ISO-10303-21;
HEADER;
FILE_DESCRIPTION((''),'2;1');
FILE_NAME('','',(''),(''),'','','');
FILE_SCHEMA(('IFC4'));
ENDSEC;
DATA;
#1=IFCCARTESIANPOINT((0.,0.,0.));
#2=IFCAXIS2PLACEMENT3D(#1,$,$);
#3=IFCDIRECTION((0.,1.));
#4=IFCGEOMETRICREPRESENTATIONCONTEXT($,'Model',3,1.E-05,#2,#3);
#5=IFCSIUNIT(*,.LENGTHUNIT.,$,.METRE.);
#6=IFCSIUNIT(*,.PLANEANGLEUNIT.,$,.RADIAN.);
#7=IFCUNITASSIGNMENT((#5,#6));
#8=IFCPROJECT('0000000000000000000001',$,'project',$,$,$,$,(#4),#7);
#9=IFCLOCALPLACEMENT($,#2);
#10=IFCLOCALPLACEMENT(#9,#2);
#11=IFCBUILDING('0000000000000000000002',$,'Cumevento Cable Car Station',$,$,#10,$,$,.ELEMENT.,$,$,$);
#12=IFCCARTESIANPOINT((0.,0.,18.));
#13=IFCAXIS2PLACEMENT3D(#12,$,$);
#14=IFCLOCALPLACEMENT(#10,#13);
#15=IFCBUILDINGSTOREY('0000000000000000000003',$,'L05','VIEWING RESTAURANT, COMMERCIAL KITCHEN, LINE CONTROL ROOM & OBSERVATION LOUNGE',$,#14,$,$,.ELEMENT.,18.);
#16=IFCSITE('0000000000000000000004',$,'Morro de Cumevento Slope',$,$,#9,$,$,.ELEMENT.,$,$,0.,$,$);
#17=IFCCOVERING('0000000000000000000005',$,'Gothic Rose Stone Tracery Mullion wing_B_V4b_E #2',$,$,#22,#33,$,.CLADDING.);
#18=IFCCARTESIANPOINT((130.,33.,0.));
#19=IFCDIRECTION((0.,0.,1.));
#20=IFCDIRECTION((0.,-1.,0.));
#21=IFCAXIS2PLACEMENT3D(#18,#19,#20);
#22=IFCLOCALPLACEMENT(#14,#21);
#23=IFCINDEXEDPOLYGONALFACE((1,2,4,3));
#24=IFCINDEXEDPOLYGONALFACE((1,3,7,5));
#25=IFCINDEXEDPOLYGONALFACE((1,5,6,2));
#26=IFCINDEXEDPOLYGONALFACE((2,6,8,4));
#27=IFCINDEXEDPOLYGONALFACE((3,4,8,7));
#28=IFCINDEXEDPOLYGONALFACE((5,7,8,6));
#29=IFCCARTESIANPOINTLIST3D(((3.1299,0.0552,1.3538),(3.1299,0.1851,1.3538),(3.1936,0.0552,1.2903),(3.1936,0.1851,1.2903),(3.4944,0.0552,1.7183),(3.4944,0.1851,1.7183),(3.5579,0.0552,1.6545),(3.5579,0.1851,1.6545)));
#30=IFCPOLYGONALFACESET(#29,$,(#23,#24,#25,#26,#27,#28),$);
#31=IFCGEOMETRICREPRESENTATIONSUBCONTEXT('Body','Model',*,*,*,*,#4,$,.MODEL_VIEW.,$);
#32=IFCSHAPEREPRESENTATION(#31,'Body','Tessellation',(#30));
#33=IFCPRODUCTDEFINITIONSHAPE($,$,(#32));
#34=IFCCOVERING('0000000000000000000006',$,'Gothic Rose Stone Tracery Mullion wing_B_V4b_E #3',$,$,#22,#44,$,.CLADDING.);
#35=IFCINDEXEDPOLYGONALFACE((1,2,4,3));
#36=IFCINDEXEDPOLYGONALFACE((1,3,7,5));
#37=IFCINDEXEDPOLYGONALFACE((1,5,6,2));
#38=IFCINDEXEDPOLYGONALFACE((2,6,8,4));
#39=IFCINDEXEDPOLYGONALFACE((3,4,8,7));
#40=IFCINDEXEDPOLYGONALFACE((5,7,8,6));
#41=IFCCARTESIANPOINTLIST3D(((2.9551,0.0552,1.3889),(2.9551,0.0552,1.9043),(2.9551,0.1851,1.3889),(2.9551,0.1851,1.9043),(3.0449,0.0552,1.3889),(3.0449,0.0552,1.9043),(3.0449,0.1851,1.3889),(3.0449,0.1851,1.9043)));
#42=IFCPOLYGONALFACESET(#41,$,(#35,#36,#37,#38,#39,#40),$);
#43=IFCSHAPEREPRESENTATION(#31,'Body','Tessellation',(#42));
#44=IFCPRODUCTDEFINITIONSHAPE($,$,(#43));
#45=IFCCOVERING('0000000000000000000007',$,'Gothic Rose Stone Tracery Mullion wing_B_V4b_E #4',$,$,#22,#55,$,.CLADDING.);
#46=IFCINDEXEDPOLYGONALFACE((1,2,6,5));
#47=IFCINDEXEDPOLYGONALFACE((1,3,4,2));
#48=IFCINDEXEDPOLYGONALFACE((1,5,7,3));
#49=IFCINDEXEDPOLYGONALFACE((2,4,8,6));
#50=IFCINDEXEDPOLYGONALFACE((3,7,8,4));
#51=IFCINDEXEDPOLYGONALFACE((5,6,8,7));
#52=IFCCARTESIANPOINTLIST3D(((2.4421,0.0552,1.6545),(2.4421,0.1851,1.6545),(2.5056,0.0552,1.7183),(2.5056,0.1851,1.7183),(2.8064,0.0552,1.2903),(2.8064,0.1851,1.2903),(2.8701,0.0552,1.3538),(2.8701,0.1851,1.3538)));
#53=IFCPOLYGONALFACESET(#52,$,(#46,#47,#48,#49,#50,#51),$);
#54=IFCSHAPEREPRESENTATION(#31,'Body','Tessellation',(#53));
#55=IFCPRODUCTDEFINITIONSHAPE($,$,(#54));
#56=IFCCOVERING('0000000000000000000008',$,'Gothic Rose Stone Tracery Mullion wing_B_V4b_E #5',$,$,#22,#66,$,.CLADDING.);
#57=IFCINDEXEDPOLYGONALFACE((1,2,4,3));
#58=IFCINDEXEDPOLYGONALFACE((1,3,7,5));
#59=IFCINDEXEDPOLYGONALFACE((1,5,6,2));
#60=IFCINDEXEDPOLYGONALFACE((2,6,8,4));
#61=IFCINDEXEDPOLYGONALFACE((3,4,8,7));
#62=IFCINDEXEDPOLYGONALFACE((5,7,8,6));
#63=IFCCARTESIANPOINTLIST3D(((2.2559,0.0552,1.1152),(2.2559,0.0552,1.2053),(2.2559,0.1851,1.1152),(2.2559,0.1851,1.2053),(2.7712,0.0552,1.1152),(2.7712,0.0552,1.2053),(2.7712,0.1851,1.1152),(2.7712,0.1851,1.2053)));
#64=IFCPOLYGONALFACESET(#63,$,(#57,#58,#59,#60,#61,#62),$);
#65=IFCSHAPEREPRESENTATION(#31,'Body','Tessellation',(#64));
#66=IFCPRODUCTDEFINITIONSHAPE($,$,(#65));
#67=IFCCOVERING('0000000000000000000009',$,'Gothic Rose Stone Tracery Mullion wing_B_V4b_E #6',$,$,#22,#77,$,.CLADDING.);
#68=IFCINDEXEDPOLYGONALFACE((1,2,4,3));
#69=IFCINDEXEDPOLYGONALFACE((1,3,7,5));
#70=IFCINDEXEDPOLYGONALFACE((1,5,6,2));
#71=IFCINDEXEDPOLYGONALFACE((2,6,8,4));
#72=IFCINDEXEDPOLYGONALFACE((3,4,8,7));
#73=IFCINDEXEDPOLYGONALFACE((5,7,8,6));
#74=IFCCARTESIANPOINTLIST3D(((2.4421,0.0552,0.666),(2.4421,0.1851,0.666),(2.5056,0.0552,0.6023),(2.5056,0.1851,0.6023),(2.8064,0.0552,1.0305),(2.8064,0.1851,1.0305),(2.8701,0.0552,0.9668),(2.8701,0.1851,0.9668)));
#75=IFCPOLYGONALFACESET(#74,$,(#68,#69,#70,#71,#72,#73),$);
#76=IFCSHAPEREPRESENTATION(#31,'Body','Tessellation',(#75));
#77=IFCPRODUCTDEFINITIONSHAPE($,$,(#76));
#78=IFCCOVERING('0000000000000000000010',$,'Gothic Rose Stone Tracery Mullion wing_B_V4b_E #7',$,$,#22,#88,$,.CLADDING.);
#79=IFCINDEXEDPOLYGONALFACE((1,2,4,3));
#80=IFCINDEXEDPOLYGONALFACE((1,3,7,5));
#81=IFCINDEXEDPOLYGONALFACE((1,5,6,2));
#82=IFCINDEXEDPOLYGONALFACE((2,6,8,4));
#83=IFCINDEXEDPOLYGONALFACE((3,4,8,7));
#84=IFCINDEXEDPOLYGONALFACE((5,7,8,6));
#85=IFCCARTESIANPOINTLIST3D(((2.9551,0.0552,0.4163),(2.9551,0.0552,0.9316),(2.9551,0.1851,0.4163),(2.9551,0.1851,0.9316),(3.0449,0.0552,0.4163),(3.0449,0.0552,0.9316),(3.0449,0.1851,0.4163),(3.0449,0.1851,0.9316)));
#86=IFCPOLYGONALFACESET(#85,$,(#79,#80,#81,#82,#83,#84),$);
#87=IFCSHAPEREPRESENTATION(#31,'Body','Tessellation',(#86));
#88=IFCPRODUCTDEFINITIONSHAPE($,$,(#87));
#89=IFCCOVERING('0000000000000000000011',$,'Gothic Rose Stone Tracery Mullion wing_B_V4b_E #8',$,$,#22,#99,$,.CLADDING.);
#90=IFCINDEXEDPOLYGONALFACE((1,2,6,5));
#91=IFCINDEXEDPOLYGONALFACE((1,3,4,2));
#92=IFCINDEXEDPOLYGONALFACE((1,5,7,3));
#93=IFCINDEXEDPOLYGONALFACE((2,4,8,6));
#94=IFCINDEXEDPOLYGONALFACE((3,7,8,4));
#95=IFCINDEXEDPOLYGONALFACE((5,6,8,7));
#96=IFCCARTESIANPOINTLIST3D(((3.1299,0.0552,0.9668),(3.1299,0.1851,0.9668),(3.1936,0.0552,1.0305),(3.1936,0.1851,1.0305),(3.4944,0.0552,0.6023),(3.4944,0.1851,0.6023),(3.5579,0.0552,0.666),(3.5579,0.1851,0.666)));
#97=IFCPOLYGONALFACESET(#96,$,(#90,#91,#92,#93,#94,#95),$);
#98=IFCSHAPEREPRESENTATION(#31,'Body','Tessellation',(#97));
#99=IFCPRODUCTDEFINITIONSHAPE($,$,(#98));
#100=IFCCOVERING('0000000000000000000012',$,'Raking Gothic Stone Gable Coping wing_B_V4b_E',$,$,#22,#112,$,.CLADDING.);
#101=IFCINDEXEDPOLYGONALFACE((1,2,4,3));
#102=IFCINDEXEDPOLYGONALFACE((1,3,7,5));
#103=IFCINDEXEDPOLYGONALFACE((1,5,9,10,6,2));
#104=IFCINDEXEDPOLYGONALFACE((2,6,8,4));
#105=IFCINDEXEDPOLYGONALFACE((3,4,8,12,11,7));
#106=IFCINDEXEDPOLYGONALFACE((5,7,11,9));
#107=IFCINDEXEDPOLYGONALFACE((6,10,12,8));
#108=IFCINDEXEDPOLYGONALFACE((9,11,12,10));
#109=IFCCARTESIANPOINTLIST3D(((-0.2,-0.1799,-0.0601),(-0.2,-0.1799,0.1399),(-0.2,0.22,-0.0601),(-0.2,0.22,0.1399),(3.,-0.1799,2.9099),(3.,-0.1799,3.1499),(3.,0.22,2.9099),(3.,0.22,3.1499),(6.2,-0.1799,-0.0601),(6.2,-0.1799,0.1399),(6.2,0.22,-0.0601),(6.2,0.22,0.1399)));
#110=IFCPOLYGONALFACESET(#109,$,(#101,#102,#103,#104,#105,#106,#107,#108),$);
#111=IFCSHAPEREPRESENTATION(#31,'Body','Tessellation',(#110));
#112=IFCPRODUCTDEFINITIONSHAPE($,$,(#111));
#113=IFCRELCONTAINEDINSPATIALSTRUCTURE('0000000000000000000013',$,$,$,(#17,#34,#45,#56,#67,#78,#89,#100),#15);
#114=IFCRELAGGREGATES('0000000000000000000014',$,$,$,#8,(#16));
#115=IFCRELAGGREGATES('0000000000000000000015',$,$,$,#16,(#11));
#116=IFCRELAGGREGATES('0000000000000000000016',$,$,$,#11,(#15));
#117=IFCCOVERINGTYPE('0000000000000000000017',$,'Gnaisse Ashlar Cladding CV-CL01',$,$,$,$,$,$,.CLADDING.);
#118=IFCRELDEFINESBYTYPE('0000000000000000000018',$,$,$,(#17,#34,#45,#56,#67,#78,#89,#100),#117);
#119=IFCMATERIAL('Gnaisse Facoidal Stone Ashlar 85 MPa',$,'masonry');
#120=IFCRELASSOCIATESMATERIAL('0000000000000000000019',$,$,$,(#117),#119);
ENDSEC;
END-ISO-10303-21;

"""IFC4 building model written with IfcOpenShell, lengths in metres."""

from ifc_helpers import new_model, si_unit, direction, frame, origin, place, context, subcontext, project, spatial, polyline, outline, extrude, material, type_object, element, save


model = new_model("IFC4")

# Units and contexts
model_context = context("Model", 3, precision=1e-05, world=origin(), true_north=direction((0.0, 1.0)))
body_context = subcontext(model_context, "Body", "Model", "MODEL_VIEW")
ifc_project = project(units=[si_unit("LENGTHUNIT", "METRE"), si_unit("PLANEANGLEUNIT", "RADIAN")], contexts=[model_context])

# Site, building, storey
site_placement = place(None, origin())
site = spatial("IfcSite", under=ifc_project, at=site_placement, Name="Morro de Cumevento Slope", CompositionType="ELEMENT", RefElevation=0.0)
building_placement = place(site_placement, origin())
building = spatial("IfcBuilding", under=site, at=building_placement, Name="Cumevento Cable Car Station", CompositionType="ELEMENT")
storey_placement = place(building_placement, frame((0.0, 0.0, 18.0)))
storey = spatial("IfcBuildingStorey", under=building, at=storey_placement, Name="L05", Description="VIEWING RESTAURANT, COMMERCIAL KITCHEN, LINE CONTROL ROOM & OBSERVATION LOUNGE", CompositionType="ELEMENT", Elevation=18.0)

# Coverings
ifc_material_1 = material(Name="Gnaisse Facoidal Stone Ashlar 85 MPa", Category="masonry")
covering_type_1 = type_object("IfcCoveringType", Name="Gnaisse Ashlar Cladding CV-CL01", PredefinedType="CLADDING", material=ifc_material_1)
placement = place(storey_placement, frame((130.0, 33.0, 0.0), z_axis=(0.0, 0.0, 1.0), x_axis=(0.0, -1.0, 0.0)))
element("IfcCovering", 1, at=placement, inside=storey, type_object=covering_type_1, Name="Gothic Rose Stone Tracery Mullion wing_B_V4b_E #2", PredefinedType="CLADDING", context=body_context, shape_type="SweptSolid", body=[
    extrude(outline(polyline([(3.1299, 1.3538), (3.4944, 1.7183), (3.5579, 1.6545), (3.1936, 1.2903), (3.1299, 1.3538)])), frame((0.0, 0.1851, 0.0), z_axis=(0.0, -1.0, 0.0), x_axis=(1.0, 0.0, 0.0)), (0.0, 0.0, 1.0), 0.1299),
])
element("IfcCovering", 2, at=placement, inside=storey, type_object=covering_type_1, Name="Gothic Rose Stone Tracery Mullion wing_B_V4b_E #3", PredefinedType="CLADDING", context=body_context, shape_type="SweptSolid", body=[
    extrude(outline(polyline([(2.9551, 1.3889), (2.9551, 1.9043), (3.0449, 1.9043), (3.0449, 1.3889), (2.9551, 1.3889)])), frame((0.0, 0.1851, 0.0), z_axis=(0.0, -1.0, 0.0), x_axis=(1.0, 0.0, 0.0)), (0.0, 0.0, 1.0), 0.1299),
])
element("IfcCovering", 3, at=placement, inside=storey, type_object=covering_type_1, Name="Gothic Rose Stone Tracery Mullion wing_B_V4b_E #4", PredefinedType="CLADDING", context=body_context, shape_type="SweptSolid", body=[
    extrude(outline(polyline([(2.8064, 1.2903), (2.4421, 1.6545), (2.5056, 1.7183), (2.8701, 1.3538), (2.8064, 1.2903)])), frame((0.0, 0.1851, 0.0), z_axis=(0.0, -1.0, 0.0), x_axis=(1.0, 0.0, 0.0)), (0.0, 0.0, 1.0), 0.1299),
])
element("IfcCovering", 4, at=placement, inside=storey, type_object=covering_type_1, Name="Gothic Rose Stone Tracery Mullion wing_B_V4b_E #5", PredefinedType="CLADDING", context=body_context, shape_type="SweptSolid", body=[
    extrude(outline(polyline([(2.7712, 1.1152), (2.2559, 1.1152), (2.2559, 1.2053), (2.7712, 1.2053), (2.7712, 1.1152)])), frame((0.0, 0.1851, 0.0), z_axis=(0.0, -1.0, 0.0), x_axis=(1.0, 0.0, 0.0)), (0.0, 0.0, 1.0), 0.1299),
])
element("IfcCovering", 5, at=placement, inside=storey, type_object=covering_type_1, Name="Gothic Rose Stone Tracery Mullion wing_B_V4b_E #6", PredefinedType="CLADDING", context=body_context, shape_type="SweptSolid", body=[
    extrude(outline(polyline([(2.8701, 0.9668), (2.5056, 0.6023), (2.4421, 0.666), (2.8064, 1.0305), (2.8701, 0.9668)])), frame((0.0, 0.1851, 0.0), z_axis=(0.0, -1.0, 0.0), x_axis=(1.0, 0.0, 0.0)), (0.0, 0.0, 1.0), 0.1299),
])
element("IfcCovering", 6, at=placement, inside=storey, type_object=covering_type_1, Name="Gothic Rose Stone Tracery Mullion wing_B_V4b_E #7", PredefinedType="CLADDING", context=body_context, shape_type="SweptSolid", body=[
    extrude(outline(polyline([(3.0449, 0.9316), (3.0449, 0.4163), (2.9551, 0.4163), (2.9551, 0.9316), (3.0449, 0.9316)])), frame((0.0, 0.1851, 0.0), z_axis=(0.0, -1.0, 0.0), x_axis=(1.0, 0.0, 0.0)), (0.0, 0.0, 1.0), 0.1299),
])
element("IfcCovering", 7, at=placement, inside=storey, type_object=covering_type_1, Name="Gothic Rose Stone Tracery Mullion wing_B_V4b_E #8", PredefinedType="CLADDING", context=body_context, shape_type="SweptSolid", body=[
    extrude(outline(polyline([(3.1936, 1.0305), (3.5579, 0.666), (3.4944, 0.6023), (3.1299, 0.9668), (3.1936, 1.0305)])), frame((0.0, 0.1851, 0.0), z_axis=(0.0, -1.0, 0.0), x_axis=(1.0, 0.0, 0.0)), (0.0, 0.0, 1.0), 0.1299),
])
element("IfcCovering", 8, at=placement, inside=storey, type_object=covering_type_1, Name="Raking Gothic Stone Gable Coping wing_B_V4b_E", PredefinedType="CLADDING", context=body_context, shape_type="SweptSolid", body=[
    extrude(outline(polyline([(-0.2, -0.0601), (3.0, 2.9099), (6.2, -0.0601), (6.2, 0.1399), (3.0, 3.1499), (-0.2, 0.1399), (-0.2, -0.0601)])), frame((0.0, 0.22, 0.0), z_axis=(0.0, -1.0, 0.0), x_axis=(1.0, 0.0, 0.0)), (0.0, 0.0, 1.0), 0.3999),
])

save(model, "model.ifc")
